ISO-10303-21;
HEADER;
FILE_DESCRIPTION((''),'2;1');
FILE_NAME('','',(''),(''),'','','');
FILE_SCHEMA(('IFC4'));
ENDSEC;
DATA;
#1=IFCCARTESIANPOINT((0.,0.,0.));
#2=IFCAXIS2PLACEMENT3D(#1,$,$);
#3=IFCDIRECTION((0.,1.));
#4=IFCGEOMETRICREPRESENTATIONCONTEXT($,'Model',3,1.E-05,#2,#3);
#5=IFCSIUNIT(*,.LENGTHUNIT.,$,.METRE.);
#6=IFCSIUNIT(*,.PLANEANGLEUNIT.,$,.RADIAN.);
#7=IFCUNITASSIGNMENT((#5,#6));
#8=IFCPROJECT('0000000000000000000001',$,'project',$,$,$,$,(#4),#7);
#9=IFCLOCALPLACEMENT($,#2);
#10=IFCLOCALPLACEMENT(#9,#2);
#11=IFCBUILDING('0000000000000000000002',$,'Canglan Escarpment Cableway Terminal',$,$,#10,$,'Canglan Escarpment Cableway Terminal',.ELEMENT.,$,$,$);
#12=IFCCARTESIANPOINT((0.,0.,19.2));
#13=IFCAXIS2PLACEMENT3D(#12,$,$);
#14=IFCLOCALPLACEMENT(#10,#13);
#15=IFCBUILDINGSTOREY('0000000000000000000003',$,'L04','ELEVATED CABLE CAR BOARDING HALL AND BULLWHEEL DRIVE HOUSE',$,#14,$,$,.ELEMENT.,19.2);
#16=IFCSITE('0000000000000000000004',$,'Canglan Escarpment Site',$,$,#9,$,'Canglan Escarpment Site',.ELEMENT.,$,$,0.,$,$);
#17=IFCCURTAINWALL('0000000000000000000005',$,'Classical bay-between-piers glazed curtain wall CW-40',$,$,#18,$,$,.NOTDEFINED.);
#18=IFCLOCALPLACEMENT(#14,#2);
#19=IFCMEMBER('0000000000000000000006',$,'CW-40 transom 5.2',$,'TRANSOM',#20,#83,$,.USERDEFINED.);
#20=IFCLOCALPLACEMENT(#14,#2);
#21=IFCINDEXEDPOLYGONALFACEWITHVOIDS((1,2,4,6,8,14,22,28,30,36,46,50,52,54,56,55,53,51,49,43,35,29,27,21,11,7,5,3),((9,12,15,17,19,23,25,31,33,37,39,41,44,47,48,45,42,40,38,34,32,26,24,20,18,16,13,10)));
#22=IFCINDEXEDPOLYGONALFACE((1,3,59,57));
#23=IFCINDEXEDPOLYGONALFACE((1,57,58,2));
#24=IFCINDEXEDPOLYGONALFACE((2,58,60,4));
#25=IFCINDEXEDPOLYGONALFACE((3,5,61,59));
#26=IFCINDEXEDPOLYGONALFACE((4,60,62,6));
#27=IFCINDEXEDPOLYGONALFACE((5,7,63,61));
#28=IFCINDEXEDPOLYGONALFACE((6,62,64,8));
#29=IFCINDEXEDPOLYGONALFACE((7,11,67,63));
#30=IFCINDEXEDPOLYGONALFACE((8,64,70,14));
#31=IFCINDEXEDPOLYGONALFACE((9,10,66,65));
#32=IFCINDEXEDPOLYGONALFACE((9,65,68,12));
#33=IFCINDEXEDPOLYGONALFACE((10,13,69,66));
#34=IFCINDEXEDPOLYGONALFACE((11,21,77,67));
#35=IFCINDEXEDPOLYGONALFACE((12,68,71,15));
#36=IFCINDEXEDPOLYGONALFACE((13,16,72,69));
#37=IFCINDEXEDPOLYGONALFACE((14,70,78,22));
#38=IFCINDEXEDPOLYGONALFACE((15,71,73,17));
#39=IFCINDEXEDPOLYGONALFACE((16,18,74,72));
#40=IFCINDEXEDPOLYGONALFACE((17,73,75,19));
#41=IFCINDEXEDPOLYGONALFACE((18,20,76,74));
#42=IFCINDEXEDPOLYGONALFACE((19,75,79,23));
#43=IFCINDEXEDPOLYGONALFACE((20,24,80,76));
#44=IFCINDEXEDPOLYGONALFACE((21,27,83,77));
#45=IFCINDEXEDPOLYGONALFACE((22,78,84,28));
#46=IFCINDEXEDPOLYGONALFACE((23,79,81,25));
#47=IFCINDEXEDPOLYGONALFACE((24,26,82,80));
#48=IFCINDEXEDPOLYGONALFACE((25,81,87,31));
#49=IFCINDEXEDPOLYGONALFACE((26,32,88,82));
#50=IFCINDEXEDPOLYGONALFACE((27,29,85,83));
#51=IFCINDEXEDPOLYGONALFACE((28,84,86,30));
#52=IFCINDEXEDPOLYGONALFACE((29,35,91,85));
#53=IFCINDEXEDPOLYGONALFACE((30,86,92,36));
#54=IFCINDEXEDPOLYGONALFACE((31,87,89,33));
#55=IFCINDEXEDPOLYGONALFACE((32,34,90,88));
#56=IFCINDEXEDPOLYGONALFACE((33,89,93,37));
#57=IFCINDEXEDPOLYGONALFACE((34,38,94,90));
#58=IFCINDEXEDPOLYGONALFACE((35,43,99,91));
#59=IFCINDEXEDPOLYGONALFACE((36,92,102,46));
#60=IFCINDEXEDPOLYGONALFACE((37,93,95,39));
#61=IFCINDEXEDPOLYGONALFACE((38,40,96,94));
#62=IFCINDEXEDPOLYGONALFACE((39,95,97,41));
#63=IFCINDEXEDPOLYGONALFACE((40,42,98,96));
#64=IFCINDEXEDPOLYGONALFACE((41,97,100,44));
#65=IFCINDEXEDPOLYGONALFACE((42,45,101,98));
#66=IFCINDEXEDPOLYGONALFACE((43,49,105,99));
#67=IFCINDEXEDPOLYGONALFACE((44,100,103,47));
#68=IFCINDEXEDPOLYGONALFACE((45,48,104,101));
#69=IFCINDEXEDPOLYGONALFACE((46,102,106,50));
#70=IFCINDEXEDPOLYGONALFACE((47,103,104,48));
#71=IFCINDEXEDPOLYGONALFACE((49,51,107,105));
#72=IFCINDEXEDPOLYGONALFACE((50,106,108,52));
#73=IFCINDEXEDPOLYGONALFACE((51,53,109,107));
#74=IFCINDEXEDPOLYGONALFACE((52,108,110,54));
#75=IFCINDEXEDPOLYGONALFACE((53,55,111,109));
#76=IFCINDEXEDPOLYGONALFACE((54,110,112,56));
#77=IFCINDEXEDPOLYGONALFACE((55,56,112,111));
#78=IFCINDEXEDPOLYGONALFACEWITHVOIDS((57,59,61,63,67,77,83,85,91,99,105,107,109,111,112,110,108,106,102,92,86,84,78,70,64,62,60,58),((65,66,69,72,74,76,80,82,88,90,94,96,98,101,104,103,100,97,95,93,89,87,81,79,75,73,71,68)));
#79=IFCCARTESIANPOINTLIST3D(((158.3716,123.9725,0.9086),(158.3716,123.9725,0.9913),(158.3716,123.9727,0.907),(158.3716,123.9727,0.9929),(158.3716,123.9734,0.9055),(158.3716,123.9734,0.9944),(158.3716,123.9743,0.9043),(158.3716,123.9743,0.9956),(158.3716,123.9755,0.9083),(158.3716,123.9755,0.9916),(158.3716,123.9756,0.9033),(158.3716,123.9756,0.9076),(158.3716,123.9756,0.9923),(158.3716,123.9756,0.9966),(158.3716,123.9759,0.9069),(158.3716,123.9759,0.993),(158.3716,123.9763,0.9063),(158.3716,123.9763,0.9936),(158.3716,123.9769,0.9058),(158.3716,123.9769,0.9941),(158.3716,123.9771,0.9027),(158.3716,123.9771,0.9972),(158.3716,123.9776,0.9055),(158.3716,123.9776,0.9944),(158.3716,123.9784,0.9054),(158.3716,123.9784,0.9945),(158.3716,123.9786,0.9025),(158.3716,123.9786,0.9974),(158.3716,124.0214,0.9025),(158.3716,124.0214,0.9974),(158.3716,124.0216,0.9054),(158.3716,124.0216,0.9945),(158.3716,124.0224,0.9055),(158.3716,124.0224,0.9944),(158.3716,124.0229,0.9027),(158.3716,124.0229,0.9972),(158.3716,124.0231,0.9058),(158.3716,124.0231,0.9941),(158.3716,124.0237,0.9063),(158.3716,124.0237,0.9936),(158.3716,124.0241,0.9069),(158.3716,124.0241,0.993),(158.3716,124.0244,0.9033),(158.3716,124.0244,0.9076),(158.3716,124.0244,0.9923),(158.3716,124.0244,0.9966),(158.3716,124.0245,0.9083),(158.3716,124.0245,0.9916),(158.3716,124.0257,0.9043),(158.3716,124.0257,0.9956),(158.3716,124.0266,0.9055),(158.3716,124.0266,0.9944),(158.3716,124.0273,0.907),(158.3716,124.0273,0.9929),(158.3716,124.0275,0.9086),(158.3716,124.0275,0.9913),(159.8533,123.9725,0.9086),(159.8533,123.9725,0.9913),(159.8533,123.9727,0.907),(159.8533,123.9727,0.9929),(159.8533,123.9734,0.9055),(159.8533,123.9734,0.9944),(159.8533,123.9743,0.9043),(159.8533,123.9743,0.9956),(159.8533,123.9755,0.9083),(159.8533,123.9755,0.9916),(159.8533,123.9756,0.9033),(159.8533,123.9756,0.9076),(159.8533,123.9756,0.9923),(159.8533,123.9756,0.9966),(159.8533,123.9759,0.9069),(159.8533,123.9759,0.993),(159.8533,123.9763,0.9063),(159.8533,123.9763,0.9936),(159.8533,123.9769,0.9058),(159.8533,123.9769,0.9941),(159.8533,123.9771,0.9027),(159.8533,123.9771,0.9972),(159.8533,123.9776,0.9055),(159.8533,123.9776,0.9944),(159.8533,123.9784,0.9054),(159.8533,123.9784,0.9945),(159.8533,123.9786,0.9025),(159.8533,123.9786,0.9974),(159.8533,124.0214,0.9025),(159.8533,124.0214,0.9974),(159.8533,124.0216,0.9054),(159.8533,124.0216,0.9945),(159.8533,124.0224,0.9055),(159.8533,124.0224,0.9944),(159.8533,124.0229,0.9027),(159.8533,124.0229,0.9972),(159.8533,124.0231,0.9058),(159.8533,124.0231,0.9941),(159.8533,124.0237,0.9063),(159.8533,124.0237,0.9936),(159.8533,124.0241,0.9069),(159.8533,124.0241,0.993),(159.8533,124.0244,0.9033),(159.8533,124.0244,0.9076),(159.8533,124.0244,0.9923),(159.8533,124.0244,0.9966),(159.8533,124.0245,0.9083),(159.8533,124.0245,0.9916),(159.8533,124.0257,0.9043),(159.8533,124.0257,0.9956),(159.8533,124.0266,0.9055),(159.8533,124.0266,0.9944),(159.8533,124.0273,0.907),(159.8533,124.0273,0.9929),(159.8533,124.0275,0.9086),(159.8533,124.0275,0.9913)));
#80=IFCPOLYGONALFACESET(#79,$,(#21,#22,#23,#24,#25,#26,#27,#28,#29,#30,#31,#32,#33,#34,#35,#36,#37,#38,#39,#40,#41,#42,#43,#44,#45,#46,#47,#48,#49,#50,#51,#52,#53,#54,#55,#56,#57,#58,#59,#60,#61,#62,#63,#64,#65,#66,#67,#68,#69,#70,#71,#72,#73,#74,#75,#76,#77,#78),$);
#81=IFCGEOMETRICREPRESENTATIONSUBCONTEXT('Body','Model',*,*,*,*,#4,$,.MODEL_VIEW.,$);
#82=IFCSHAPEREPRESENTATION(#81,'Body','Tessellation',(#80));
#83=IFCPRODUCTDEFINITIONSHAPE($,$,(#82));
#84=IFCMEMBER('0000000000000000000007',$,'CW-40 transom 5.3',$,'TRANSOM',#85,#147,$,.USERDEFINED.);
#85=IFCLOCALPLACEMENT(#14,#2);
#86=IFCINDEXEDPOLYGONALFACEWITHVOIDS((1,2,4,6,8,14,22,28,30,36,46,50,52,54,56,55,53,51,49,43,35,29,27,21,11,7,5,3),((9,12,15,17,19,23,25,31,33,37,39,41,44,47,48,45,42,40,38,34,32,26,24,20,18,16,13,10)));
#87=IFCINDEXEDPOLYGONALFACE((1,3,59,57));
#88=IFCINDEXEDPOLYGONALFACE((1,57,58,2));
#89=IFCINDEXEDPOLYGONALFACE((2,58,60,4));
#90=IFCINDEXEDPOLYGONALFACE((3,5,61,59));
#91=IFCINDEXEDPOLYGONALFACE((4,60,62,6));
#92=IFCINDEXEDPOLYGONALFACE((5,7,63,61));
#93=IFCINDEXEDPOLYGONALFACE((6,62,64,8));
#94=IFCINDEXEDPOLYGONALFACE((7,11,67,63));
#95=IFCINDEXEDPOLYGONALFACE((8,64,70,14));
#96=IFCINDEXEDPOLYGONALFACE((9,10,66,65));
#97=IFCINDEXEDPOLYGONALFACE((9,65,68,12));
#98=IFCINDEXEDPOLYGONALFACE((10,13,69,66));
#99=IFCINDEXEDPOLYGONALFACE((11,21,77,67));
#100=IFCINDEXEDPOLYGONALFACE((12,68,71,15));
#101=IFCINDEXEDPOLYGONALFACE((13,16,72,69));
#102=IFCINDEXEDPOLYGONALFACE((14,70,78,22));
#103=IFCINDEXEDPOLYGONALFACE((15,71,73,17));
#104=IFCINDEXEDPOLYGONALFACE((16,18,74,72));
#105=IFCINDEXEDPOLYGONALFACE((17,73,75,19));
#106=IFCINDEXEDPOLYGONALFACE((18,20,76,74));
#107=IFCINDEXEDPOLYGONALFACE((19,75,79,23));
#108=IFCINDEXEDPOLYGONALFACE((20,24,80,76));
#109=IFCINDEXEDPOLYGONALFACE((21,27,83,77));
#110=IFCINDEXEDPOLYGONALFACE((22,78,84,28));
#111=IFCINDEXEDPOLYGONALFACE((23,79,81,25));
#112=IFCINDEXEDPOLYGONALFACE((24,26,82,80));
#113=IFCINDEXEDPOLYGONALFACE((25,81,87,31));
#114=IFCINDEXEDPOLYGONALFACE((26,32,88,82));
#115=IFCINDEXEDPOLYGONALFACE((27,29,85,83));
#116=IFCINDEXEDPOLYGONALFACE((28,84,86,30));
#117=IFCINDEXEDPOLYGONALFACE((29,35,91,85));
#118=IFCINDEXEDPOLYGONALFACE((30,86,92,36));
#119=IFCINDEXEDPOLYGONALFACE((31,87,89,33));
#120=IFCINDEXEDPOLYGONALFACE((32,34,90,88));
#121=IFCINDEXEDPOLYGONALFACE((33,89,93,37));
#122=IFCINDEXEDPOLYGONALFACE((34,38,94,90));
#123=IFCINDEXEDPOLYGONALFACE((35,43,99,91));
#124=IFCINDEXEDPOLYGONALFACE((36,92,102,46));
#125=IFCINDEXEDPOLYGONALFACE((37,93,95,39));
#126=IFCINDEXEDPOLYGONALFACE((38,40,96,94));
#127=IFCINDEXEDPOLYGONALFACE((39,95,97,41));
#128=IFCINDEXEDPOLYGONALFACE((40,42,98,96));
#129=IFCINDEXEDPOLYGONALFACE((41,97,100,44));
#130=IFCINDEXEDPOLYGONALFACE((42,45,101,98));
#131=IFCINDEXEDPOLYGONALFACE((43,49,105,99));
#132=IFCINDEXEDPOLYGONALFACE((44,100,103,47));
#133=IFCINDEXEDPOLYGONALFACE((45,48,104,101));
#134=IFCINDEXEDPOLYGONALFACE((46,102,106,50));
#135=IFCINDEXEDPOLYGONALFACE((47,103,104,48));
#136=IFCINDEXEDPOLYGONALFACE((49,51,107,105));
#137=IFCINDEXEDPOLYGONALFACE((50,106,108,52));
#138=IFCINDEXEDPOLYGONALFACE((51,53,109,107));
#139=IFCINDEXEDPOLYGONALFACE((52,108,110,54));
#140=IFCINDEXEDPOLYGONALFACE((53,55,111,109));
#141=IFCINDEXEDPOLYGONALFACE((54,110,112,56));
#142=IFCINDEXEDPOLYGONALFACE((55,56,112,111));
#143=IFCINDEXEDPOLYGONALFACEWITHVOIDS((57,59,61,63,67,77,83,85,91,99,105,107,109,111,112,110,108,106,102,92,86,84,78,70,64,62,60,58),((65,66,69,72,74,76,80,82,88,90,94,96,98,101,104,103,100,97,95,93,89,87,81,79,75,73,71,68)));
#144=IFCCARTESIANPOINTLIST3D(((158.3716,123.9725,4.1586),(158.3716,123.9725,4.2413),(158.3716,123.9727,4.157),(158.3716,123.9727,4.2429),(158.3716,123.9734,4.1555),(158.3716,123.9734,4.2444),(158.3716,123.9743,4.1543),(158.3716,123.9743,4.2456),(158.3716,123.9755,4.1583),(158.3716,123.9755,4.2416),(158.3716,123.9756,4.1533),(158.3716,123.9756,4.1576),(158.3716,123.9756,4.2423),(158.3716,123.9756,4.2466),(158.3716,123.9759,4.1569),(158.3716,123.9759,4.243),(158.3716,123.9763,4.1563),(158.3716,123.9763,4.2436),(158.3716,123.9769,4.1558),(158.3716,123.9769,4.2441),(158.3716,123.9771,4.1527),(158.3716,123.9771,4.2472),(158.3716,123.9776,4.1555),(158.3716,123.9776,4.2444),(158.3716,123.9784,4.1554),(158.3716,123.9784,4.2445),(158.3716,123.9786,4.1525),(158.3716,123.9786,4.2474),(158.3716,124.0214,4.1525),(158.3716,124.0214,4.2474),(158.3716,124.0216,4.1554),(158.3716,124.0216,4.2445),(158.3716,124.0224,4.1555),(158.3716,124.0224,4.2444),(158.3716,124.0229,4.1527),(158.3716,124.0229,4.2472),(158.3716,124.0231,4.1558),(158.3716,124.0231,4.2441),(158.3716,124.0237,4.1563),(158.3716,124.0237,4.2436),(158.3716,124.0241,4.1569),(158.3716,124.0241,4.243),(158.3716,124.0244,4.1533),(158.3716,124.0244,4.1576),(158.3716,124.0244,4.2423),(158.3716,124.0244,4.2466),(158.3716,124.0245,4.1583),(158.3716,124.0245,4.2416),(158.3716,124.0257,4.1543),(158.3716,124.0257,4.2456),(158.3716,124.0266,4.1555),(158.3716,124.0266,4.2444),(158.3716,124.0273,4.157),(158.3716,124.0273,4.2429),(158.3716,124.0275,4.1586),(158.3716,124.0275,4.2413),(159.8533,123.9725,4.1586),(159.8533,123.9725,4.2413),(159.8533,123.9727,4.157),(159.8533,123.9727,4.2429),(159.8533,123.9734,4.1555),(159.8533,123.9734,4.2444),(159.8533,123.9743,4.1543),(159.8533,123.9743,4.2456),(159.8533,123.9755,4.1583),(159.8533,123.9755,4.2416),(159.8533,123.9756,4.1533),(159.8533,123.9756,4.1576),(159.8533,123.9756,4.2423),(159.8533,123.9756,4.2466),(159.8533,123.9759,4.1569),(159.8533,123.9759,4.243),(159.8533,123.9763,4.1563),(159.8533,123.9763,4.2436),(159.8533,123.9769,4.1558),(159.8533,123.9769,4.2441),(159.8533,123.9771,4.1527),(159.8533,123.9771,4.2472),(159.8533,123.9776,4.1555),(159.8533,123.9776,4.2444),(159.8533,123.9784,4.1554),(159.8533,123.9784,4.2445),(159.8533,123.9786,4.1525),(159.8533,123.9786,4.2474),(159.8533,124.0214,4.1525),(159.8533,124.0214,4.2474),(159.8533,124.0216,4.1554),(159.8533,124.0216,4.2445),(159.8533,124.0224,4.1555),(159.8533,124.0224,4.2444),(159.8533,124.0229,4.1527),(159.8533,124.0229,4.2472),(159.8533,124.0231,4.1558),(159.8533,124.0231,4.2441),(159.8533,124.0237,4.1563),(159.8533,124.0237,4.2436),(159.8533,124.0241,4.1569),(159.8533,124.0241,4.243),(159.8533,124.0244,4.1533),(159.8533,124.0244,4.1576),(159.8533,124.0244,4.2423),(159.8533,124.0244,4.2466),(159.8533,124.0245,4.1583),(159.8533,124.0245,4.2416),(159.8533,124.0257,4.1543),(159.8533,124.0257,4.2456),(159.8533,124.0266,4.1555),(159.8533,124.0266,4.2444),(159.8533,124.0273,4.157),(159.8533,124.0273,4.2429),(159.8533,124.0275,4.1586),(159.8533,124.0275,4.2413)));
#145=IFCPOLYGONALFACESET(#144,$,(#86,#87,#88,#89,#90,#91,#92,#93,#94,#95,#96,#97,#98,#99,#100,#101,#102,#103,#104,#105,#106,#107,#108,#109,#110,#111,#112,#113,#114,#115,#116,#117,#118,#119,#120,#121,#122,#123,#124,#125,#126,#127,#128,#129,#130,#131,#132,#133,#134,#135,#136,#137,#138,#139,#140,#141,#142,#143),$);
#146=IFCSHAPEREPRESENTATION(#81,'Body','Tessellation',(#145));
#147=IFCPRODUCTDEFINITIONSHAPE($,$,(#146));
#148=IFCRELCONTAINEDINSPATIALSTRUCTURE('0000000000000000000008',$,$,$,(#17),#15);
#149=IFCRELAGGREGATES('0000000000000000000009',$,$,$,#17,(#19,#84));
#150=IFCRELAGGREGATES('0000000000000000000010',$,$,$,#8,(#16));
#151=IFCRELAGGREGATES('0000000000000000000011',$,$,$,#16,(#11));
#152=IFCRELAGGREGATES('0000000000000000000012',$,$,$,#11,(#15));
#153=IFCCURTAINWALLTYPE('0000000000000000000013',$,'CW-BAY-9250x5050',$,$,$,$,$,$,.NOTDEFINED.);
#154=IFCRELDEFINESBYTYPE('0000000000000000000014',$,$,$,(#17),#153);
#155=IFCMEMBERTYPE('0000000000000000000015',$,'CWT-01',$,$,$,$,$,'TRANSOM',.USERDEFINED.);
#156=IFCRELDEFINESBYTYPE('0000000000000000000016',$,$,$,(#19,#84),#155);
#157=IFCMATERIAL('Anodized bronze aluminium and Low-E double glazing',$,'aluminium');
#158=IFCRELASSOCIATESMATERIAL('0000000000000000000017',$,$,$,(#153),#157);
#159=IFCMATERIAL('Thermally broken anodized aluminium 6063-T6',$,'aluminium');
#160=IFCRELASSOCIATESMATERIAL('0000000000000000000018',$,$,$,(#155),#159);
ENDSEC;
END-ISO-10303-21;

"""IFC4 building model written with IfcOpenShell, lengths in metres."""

from ifc_helpers import new_model, si_unit, direction, frame, origin, origin_2d, place, context, subcontext, project, spatial, hollow_rectangle, extrude, material, material_profile, profile_set, type_object, element, aggregate, save


model = new_model("IFC4")

# Units and contexts
model_context = context("Model", 3, precision=1e-05, world=origin(), true_north=direction((0.0, 1.0)))
body_context = subcontext(model_context, "Body", "Model", "MODEL_VIEW")
ifc_project = project(units=[si_unit("LENGTHUNIT", "METRE"), si_unit("PLANEANGLEUNIT", "RADIAN")], contexts=[model_context])

# Site, building, storey
site_placement = place(None, origin())
site = spatial("IfcSite", under=ifc_project, at=site_placement, Name="Canglan Escarpment Site", LongName="Canglan Escarpment Site", CompositionType="ELEMENT", RefElevation=0.0)
building_placement = place(site_placement, origin())
building = spatial("IfcBuilding", under=site, at=building_placement, Name="Canglan Escarpment Cableway Terminal", LongName="Canglan Escarpment Cableway Terminal", CompositionType="ELEMENT")
storey_placement = place(building_placement, frame((0.0, 0.0, 19.2)))
storey = spatial("IfcBuildingStorey", under=building, at=storey_placement, Name="L04", Description="ELEVATED CABLE CAR BOARDING HALL AND BULLWHEEL DRIVE HOUSE", CompositionType="ELEMENT", Elevation=19.2)

# Curtain wall
ifc_material_1 = material(Name="Anodized bronze aluminium and Low-E double glazing", Category="aluminium")
curtain_wall_type = type_object("IfcCurtainWallType", Name="CW-BAY-9250x5050", PredefinedType="NOTDEFINED", material=ifc_material_1)
curtain_wall_1_placement = place(storey_placement, origin())
curtain_wall_1 = element("IfcCurtainWall", 1, at=curtain_wall_1_placement, inside=storey, type_object=curtain_wall_type, Name="Classical bay-between-piers glazed curtain wall CW-40", PredefinedType="NOTDEFINED")
ifc_material_2 = material(Name="Thermally broken anodized aluminium 6063-T6", Category="aluminium")

# Members
ifc_material_profile_1 = material_profile(ifc_material_2, hollow_rectangle(XDim=0.0549, YDim=0.095, WallThickness=0.0029, InnerFilletRadius=0.0029, OuterFilletRadius=0.0061, at=origin_2d()), Name="ALU-TRAN 55x95x3")
ifc_profile_set_1 = profile_set([ifc_material_profile_1], Name="Thermally broken anodized aluminium 6063-T6")
member_type_1 = type_object("IfcMemberType", Name="CWT-01", ElementType="TRANSOM", PredefinedType="USERDEFINED", material=ifc_profile_set_1)
member_1_placement = place(storey_placement, frame((159.8533, 124.0, 0.95), z_axis=(-1.0, 0.0, 0.0), x_axis=(0.0, -1.0, 0.0)))
member_1 = element("IfcMember", 2, at=member_1_placement, type_object=member_type_1, Name="CW-40 transom 5.2", ObjectType="TRANSOM", PredefinedType="USERDEFINED", context=body_context, shape_type="SweptSolid", body=[
    extrude(hollow_rectangle(XDim=0.0549, YDim=0.095, WallThickness=0.0029, InnerFilletRadius=0.0029, OuterFilletRadius=0.0061, at=origin_2d()), origin(), (0.0, 0.0, 1.0), 1.4817),
])
member_2_placement = place(storey_placement, frame((159.8533, 124.0, 4.2), z_axis=(-1.0, 0.0, 0.0), x_axis=(0.0, -1.0, 0.0)))
member_2 = element("IfcMember", 3, at=member_2_placement, type_object=member_type_1, Name="CW-40 transom 5.3", ObjectType="TRANSOM", PredefinedType="USERDEFINED", context=body_context, shape_type="SweptSolid", body=[
    extrude(hollow_rectangle(XDim=0.0549, YDim=0.095, WallThickness=0.0029, InnerFilletRadius=0.0029, OuterFilletRadius=0.0061, at=origin_2d()), origin(), (0.0, 0.0, 1.0), 1.4817),
])

aggregate(curtain_wall_1, [member_1, member_2])

save(model, "model.ifc")
